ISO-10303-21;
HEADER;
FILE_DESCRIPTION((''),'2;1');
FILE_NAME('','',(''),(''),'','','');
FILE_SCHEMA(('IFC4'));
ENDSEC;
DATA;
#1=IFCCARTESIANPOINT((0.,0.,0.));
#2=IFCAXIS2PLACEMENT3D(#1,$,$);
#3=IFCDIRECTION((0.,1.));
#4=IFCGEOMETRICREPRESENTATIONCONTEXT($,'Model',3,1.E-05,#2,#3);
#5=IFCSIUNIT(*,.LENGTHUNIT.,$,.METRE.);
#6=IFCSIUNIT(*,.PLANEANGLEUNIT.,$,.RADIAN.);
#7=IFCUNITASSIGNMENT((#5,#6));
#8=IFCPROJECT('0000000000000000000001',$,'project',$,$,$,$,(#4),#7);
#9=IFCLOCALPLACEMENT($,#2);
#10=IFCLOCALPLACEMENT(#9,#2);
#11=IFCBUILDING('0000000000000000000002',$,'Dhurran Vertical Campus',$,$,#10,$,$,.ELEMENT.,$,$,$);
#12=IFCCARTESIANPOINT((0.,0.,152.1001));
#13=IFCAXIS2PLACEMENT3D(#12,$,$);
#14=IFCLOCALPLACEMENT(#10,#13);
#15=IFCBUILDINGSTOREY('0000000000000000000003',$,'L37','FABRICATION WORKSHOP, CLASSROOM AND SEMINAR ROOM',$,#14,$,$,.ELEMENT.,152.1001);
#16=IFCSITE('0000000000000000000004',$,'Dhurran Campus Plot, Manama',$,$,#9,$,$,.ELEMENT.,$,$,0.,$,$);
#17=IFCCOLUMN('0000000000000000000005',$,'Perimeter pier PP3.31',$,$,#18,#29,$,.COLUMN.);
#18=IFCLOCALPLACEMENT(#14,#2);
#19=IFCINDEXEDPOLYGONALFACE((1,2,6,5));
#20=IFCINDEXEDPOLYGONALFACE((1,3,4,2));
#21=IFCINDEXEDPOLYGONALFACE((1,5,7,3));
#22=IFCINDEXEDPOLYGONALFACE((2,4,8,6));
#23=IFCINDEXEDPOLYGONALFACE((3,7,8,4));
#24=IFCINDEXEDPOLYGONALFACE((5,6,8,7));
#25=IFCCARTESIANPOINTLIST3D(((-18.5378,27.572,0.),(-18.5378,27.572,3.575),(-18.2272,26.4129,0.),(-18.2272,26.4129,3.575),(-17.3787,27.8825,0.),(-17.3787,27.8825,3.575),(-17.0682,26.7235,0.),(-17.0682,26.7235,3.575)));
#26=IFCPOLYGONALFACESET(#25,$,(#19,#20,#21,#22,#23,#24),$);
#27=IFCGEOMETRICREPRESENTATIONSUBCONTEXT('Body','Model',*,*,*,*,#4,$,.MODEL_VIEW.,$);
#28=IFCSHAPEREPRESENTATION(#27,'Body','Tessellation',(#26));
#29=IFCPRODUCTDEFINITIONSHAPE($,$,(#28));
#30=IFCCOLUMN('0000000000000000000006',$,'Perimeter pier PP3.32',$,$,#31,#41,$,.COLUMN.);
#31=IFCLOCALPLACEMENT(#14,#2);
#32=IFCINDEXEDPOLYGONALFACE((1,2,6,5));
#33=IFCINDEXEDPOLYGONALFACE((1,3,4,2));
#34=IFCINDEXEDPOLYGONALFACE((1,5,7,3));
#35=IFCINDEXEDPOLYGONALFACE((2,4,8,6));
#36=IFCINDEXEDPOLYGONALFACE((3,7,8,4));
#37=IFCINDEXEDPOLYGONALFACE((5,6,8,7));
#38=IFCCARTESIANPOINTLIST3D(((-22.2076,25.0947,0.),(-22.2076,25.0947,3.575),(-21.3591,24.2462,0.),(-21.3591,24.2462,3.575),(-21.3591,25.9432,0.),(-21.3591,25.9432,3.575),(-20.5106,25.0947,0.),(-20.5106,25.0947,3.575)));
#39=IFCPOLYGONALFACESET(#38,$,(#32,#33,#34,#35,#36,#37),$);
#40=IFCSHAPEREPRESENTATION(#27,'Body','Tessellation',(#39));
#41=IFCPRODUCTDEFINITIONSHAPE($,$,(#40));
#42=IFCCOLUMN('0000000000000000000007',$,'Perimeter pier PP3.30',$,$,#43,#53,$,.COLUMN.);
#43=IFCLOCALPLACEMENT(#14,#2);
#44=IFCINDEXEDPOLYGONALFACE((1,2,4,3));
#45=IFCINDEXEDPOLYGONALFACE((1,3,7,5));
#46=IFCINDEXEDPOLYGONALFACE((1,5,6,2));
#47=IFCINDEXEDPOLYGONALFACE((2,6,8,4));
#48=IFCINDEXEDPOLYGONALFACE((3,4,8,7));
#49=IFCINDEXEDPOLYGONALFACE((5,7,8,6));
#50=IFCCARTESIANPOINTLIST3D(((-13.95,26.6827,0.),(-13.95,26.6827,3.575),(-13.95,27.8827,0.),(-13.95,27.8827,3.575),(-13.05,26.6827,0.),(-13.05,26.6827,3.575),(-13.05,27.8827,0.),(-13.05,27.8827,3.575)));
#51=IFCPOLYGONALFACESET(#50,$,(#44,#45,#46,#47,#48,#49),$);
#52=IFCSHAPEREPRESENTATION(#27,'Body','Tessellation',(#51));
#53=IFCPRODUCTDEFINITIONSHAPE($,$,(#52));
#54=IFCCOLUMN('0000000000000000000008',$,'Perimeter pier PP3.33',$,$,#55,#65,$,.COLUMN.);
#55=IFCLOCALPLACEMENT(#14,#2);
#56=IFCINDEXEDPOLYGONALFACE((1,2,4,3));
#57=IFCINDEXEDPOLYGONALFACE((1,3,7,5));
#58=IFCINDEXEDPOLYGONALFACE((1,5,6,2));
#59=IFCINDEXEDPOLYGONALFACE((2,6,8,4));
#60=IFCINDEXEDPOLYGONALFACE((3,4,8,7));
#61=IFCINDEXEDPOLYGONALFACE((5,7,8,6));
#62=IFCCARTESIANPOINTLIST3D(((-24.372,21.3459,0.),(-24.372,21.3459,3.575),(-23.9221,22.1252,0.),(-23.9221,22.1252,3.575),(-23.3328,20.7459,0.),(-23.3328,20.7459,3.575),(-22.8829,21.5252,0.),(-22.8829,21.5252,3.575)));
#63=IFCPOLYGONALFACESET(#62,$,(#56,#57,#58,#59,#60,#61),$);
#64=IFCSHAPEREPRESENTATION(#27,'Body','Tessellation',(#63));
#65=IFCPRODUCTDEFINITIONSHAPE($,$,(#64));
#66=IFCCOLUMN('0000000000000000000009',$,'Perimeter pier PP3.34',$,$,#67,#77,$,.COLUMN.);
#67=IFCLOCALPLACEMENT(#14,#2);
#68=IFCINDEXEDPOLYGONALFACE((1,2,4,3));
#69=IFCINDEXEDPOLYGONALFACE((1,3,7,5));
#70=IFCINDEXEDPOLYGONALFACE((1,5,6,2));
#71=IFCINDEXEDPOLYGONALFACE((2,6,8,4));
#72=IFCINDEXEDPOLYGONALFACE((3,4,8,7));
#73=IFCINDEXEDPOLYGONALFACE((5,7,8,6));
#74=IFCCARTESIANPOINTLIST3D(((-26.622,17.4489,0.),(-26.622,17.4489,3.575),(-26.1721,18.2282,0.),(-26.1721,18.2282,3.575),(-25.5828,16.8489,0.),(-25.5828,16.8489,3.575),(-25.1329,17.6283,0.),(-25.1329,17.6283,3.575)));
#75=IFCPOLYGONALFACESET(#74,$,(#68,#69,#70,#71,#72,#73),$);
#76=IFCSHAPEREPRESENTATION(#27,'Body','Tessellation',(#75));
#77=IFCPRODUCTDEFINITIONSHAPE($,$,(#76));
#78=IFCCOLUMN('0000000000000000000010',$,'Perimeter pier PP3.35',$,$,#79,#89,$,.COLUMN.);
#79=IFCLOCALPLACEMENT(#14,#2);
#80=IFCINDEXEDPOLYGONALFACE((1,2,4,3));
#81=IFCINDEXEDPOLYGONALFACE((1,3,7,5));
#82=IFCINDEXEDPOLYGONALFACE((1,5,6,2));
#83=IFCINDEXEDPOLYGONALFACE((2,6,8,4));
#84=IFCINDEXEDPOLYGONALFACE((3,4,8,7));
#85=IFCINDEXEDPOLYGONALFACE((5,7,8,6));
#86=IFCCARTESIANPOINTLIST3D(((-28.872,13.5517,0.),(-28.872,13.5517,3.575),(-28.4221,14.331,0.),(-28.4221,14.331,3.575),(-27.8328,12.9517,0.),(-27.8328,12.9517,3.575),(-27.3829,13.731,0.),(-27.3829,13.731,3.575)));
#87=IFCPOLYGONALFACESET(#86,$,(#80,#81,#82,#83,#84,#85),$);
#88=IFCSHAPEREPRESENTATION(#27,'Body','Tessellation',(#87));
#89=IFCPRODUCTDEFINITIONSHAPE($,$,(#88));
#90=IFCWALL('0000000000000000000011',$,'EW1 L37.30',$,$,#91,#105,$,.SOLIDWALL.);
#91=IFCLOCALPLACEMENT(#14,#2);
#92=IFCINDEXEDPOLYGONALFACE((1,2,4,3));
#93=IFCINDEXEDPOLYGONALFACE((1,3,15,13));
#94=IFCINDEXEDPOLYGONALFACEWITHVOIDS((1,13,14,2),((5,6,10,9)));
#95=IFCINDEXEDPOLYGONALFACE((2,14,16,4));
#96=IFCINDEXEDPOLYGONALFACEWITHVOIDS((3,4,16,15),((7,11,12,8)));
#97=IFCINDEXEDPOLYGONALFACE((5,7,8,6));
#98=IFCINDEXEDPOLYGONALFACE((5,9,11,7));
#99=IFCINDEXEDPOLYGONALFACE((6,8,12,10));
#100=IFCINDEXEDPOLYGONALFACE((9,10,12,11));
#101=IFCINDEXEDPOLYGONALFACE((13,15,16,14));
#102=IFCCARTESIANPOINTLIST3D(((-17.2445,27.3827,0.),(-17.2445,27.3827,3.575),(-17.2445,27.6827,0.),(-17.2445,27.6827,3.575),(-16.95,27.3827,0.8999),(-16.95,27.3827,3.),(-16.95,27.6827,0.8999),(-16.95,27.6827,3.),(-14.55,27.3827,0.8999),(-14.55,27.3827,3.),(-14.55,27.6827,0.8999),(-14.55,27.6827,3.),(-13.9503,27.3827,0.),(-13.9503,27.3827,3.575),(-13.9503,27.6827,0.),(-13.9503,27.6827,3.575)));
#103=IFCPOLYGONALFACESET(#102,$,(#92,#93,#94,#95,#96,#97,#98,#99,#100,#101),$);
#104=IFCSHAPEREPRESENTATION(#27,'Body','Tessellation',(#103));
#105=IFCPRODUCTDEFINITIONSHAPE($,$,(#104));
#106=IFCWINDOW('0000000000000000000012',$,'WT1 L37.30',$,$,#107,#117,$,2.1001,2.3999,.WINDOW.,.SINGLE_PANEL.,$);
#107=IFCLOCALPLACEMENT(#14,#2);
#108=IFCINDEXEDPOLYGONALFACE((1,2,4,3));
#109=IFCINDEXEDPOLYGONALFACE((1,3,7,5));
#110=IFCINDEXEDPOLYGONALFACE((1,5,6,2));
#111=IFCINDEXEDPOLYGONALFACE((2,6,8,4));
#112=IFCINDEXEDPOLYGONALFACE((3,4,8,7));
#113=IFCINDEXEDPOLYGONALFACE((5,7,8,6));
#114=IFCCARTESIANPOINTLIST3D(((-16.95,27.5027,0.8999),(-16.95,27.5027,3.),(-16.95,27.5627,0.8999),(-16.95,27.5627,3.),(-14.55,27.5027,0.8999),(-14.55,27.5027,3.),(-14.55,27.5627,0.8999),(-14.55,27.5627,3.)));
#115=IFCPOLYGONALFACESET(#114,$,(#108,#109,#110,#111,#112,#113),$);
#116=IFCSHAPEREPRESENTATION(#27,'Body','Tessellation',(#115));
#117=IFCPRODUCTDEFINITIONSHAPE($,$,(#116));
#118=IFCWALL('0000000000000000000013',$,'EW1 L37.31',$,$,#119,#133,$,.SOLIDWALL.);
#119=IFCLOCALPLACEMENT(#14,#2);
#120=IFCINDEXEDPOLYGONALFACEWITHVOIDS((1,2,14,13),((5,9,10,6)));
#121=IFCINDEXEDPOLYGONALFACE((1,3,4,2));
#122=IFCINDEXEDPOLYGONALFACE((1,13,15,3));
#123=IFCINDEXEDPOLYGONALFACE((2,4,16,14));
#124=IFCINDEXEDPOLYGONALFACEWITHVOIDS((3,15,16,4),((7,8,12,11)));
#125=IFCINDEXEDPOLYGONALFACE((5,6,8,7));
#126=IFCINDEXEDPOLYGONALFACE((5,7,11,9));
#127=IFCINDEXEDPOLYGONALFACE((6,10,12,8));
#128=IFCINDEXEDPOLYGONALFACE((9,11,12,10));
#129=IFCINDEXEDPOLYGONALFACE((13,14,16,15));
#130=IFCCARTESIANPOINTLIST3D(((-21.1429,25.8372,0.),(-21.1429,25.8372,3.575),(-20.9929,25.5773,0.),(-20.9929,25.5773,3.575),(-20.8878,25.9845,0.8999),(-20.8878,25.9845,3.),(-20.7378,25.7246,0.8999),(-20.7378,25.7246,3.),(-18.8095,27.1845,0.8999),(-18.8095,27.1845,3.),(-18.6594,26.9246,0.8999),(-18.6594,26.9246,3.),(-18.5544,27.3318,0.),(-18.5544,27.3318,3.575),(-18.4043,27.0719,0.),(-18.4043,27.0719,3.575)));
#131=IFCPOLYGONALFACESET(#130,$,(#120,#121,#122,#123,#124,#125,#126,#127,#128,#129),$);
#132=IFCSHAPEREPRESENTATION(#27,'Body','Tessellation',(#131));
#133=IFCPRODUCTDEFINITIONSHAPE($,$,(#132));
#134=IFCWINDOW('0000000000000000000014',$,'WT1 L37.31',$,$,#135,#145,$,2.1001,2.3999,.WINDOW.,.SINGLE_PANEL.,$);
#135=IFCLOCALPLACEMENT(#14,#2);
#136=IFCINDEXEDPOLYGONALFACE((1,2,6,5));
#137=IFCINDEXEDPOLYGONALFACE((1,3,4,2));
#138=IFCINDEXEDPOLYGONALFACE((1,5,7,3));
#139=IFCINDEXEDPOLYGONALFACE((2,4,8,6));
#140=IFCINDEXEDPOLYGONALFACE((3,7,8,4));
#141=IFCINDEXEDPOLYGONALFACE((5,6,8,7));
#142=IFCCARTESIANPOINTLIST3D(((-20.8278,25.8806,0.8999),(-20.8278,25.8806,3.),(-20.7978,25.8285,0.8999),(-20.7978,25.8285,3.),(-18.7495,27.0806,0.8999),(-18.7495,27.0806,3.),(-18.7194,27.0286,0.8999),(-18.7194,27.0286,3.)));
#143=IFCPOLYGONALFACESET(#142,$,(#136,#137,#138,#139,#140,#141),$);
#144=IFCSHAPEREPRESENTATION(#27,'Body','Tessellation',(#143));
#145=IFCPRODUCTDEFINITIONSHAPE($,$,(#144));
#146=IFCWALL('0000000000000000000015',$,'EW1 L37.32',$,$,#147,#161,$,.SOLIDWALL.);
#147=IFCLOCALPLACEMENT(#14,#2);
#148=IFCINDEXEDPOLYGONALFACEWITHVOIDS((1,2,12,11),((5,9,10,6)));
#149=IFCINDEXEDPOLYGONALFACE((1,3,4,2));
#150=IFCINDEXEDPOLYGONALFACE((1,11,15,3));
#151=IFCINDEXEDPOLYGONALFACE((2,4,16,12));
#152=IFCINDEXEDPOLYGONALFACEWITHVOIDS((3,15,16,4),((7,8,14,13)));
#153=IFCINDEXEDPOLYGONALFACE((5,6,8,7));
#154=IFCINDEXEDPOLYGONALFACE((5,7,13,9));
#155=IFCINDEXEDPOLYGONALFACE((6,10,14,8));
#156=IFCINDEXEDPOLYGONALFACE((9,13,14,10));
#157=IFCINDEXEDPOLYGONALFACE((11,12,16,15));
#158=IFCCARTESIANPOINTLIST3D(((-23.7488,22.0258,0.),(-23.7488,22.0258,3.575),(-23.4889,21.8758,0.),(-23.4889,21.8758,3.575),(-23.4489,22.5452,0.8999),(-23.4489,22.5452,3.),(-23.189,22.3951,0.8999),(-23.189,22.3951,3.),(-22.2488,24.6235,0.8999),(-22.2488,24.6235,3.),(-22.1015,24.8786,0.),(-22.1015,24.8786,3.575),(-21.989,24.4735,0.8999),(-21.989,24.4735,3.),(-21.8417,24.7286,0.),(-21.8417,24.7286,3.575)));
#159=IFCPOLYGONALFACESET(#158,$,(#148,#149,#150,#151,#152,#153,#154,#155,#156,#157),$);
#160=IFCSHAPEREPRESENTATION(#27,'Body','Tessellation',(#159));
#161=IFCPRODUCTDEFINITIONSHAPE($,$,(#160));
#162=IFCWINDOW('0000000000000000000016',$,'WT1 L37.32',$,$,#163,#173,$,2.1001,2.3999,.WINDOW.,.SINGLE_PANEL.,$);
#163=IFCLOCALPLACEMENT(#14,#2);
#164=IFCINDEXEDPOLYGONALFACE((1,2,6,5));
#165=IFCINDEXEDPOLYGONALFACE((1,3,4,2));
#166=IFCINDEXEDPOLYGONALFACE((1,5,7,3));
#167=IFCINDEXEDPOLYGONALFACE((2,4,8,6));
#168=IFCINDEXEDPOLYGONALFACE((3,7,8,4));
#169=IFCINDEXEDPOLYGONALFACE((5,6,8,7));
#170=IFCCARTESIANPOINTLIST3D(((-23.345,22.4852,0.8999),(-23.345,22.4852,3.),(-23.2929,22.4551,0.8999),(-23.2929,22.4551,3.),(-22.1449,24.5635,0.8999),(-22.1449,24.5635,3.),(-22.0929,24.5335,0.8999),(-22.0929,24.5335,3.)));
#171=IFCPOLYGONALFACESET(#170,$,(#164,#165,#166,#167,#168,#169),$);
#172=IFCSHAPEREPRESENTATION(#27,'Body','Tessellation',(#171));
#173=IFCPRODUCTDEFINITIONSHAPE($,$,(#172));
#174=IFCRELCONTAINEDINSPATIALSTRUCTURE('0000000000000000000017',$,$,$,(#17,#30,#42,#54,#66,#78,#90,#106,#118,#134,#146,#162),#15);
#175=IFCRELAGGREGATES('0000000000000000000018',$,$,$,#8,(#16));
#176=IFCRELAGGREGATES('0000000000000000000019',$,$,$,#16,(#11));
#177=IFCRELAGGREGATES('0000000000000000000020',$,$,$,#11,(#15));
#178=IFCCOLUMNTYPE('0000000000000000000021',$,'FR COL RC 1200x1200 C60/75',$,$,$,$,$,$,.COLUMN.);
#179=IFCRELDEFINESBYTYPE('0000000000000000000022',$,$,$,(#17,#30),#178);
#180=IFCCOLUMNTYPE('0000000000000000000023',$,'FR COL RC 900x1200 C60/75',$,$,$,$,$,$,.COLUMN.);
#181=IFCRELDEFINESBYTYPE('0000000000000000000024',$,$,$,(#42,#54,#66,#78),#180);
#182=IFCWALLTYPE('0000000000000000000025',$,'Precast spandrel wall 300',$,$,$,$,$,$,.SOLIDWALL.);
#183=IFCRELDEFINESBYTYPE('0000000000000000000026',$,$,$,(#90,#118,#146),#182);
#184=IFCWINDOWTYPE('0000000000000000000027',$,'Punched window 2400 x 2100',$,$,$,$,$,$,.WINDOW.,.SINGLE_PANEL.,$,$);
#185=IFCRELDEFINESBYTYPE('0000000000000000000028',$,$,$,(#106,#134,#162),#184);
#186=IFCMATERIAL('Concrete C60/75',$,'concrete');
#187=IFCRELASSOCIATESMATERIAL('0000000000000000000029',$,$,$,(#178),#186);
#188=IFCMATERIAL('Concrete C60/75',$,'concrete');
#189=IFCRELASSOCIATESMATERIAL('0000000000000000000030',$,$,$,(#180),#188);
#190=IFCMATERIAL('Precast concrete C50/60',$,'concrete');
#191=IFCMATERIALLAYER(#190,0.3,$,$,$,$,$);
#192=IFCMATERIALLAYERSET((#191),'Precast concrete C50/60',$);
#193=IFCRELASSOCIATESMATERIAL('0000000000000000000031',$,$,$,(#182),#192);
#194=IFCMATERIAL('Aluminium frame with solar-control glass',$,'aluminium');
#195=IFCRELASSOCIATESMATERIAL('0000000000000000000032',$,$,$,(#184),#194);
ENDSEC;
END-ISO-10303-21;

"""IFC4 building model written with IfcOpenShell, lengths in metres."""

from ifc_helpers import new_model, si_unit, direction, frame, frame_2d, origin, origin_2d, place, context, subcontext, project, spatial, rectangle, extrude, material, layer, layer_set, material_profile, profile_set, type_object, element, fill, save


model = new_model("IFC4")

# Units and contexts
model_context = context("Model", 3, precision=1e-05, world=origin(), true_north=direction((0.0, 1.0)))
body_context = subcontext(model_context, "Body", "Model", "MODEL_VIEW")
ifc_project = project(units=[si_unit("LENGTHUNIT", "METRE"), si_unit("PLANEANGLEUNIT", "RADIAN")], contexts=[model_context])

# Site, building, storey
site_placement = place(None, origin())
site = spatial("IfcSite", under=ifc_project, at=site_placement, Name="Dhurran Campus Plot, Manama", CompositionType="ELEMENT", RefElevation=0.0)
building_placement = place(site_placement, origin())
building = spatial("IfcBuilding", under=site, at=building_placement, Name="Dhurran Vertical Campus", CompositionType="ELEMENT")
storey_placement = place(building_placement, frame((0.0, 0.0, 152.1001)))
storey = spatial("IfcBuildingStorey", under=building, at=storey_placement, Name="L37", Description="FABRICATION WORKSHOP, CLASSROOM AND SEMINAR ROOM", CompositionType="ELEMENT", Elevation=152.1001)

# Columns
ifc_material_1 = material(Name="Concrete C60/75", Category="concrete")
ifc_material_profile_1 = material_profile(ifc_material_1, rectangle(XDim=1.2, YDim=1.2, at=origin_2d()), Name="RC 1200x1200")
ifc_profile_set_1 = profile_set([ifc_material_profile_1], Name="Concrete C60/75")
column_type_1 = type_object("IfcColumnType", Name="FR COL RC 1200x1200 C60/75", PredefinedType="COLUMN", material=ifc_profile_set_1)
for number, where, z_axis, x_axis, name in (
    (1, (-17.803, 27.1477, 0.0), (0.0, 0.0, 1.0), (-0.965926, -0.258819, 0.0), "Perimeter pier PP3.31"),
    (2, (-21.3591, 25.0947, 0.0), (0.0, 0.0, 1.0), (-0.707107, -0.707107, 0.0), "Perimeter pier PP3.32"),
):
    element("IfcColumn", number, at=place(storey_placement, frame(where, z_axis=z_axis, x_axis=x_axis)), inside=storey, type_object=column_type_1, Name=name, PredefinedType="COLUMN", context=body_context, shape_type="SweptSolid", body=[
        extrude(rectangle(XDim=1.2, YDim=1.2, at=origin_2d()), origin(), (0.0, 0.0, 1.0), 3.575),
    ])
ifc_material_2 = material(Name="Concrete C60/75", Category="concrete")
ifc_material_profile_2 = material_profile(ifc_material_2, rectangle(XDim=0.8999, YDim=1.2, at=origin_2d()), Name="RC 900x1200")
ifc_profile_set_2 = profile_set([ifc_material_profile_2], Name="Concrete C60/75")
column_type_2 = type_object("IfcColumnType", Name="FR COL RC 900x1200 C60/75", PredefinedType="COLUMN", material=ifc_profile_set_2)
for number, where, z_axis, x_axis, name in (
    (3, (-13.5, 27.2827, 0.0), (0.0, 0.0, 1.0), (-1.0, 0.0, 0.0), "Perimeter pier PP3.30"),
    (4, (-23.6274, 21.4355, 0.0), (0.0, 0.0, 1.0), (-0.5, -0.866025, 0.0), "Perimeter pier PP3.33"),
    (5, (-25.8774, 17.5386, 0.0), (0.0, 0.0, 1.0), (-0.5, -0.866025, 0.0), "Perimeter pier PP3.34"),
    (6, (-28.1274, 13.6414, 0.0), (0.0, 0.0, 1.0), (-0.5, -0.866025, 0.0), "Perimeter pier PP3.35"),
):
    element("IfcColumn", number, at=place(storey_placement, frame(where, z_axis=z_axis, x_axis=x_axis)), inside=storey, type_object=column_type_2, Name=name, PredefinedType="COLUMN", context=body_context, shape_type="SweptSolid", body=[
        extrude(rectangle(XDim=0.8999, YDim=1.2, at=origin_2d()), origin(), (0.0, 0.0, 1.0), 3.575),
    ])

# Walls, openings, windows
ifc_material_3 = material(Name="Precast concrete C50/60", Category="concrete")
ifc_layer_1 = layer(ifc_material_3, 0.3)
ifc_layer_set_1 = layer_set([ifc_layer_1], Name="Precast concrete C50/60")
wall_type_1 = type_object("IfcWallType", Name="Precast spandrel wall 300", PredefinedType="SOLIDWALL", material=ifc_layer_set_1)
wall_1_placement = place(storey_placement, frame((-13.9504, 27.5327, 0.0), z_axis=(0.0, 0.0, 1.0), x_axis=(-1.0, 0.0, 0.0)))
wall_1 = element("IfcWall", 7, at=wall_1_placement, inside=storey, type_object=wall_type_1, Name="EW1 L37.30", PredefinedType="SOLIDWALL", context=body_context, shape_type="SweptSolid", body=[
    extrude(rectangle(XDim=3.2942, YDim=0.3, at=frame_2d((1.647, 0.0))), origin(), (0.0, 0.0, 1.0), 3.575),
])
opening_1_placement = place(wall_1_placement, frame((0.5996, 0.0, 0.8999)))
opening_1 = element("IfcOpeningElement", 8, at=opening_1_placement, cuts=wall_1, PredefinedType="OPENING", context=body_context, shape_type="SweptSolid", body=[
    extrude(rectangle(XDim=2.3999, YDim=2.1001, at=frame_2d((1.2, 1.05))), frame((0.0, 0.1599, 0.0), z_axis=(0.0, -1.0, 0.0), x_axis=(1.0, 0.0, 0.0)), (0.0, 0.0, 1.0), 0.3201),
])
ifc_material_4 = material(Name="Aluminium frame with solar-control glass", Category="aluminium")
window_type = type_object("IfcWindowType", Name="Punched window 2400 x 2100", PartitioningType="SINGLE_PANEL", PredefinedType="WINDOW", material=ifc_material_4)
window_1_placement = place(opening_1_placement, origin())
window_1 = element("IfcWindow", 9, at=window_1_placement, inside=storey, type_object=window_type, Name="WT1 L37.30", OverallHeight=2.1001, OverallWidth=2.3999, PartitioningType="SINGLE_PANEL", PredefinedType="WINDOW", context=body_context, shape_type="SweptSolid", body=[
    extrude(rectangle(XDim=2.3999, YDim=2.1001, at=frame_2d((1.2, 1.05))), frame((0.0, 0.03, 0.0), z_axis=(0.0, -1.0, 0.0), x_axis=(1.0, 0.0, 0.0)), (0.0, 0.0, 1.0), 0.0601),
])
fill(opening_1, window_1)
wall_2_placement = place(storey_placement, frame((-18.4792, 27.2019, 0.0), z_axis=(0.0, 0.0, 1.0), x_axis=(-0.866013, -0.500022, 0.0)))
wall_2 = element("IfcWall", 10, at=wall_2_placement, inside=storey, type_object=wall_type_1, Name="EW1 L37.31", PredefinedType="SOLIDWALL", context=body_context, shape_type="SweptSolid", body=[
    extrude(rectangle(XDim=2.989, YDim=0.3, at=frame_2d((1.4946, 0.0))), origin(), (0.0, 0.0, 1.0), 3.575),
])
opening_2_placement = place(wall_2_placement, frame((0.2947, 0.0, 0.8999)))
opening_2 = element("IfcOpeningElement", 11, at=opening_2_placement, cuts=wall_2, PredefinedType="OPENING", context=body_context, shape_type="SweptSolid", body=[
    extrude(rectangle(XDim=2.3999, YDim=2.1001, at=frame_2d((1.2, 1.05))), frame((0.0, 0.1599, 0.0), z_axis=(0.0, -1.0, 0.0), x_axis=(1.0, 0.0, 0.0)), (0.0, 0.0, 1.0), 0.3201),
])
window_2_placement = place(opening_2_placement, origin())
window_2 = element("IfcWindow", 12, at=window_2_placement, inside=storey, type_object=window_type, Name="WT1 L37.31", OverallHeight=2.1001, OverallWidth=2.3999, PartitioningType="SINGLE_PANEL", PredefinedType="WINDOW", context=body_context, shape_type="SweptSolid", body=[
    extrude(rectangle(XDim=2.3999, YDim=2.1001, at=frame_2d((1.2, 1.05))), frame((0.0, 0.03, 0.0), z_axis=(0.0, -1.0, 0.0), x_axis=(1.0, 0.0, 0.0)), (0.0, 0.0, 1.0), 0.0601),
])
fill(opening_2, window_2)
wall_3_placement = place(storey_placement, frame((-21.9717, 24.8035, 0.0), z_axis=(0.0, 0.0, 1.0), x_axis=(-0.500037, -0.866004, 0.0)))
wall_3 = element("IfcWall", 13, at=wall_3_placement, inside=storey, type_object=wall_type_1, Name="EW1 L37.32", PredefinedType="SOLIDWALL", context=body_context, shape_type="SweptSolid", body=[
    extrude(rectangle(XDim=3.2942, YDim=0.3, at=frame_2d((1.647, 0.0))), origin(), (0.0, 0.0, 1.0), 3.575),
])
opening_3_placement = place(wall_3_placement, frame((0.2944, 0.0, 0.8999)))
opening_3 = element("IfcOpeningElement", 14, at=opening_3_placement, cuts=wall_3, PredefinedType="OPENING", context=body_context, shape_type="SweptSolid", body=[
    extrude(rectangle(XDim=2.3999, YDim=2.1001, at=frame_2d((1.2, 1.05))), frame((0.0, 0.1599, 0.0), z_axis=(0.0, -1.0, 0.0), x_axis=(1.0, 0.0, 0.0)), (0.0, 0.0, 1.0), 0.3201),
])
window_3_placement = place(opening_3_placement, origin())
window_3 = element("IfcWindow", 15, at=window_3_placement, inside=storey, type_object=window_type, Name="WT1 L37.32", OverallHeight=2.1001, OverallWidth=2.3999, PartitioningType="SINGLE_PANEL", PredefinedType="WINDOW", context=body_context, shape_type="SweptSolid", body=[
    extrude(rectangle(XDim=2.3999, YDim=2.1001, at=frame_2d((1.2, 1.05))), frame((0.0, 0.03, 0.0), z_axis=(0.0, -1.0, 0.0), x_axis=(1.0, 0.0, 0.0)), (0.0, 0.0, 1.0), 0.0601),
])
fill(opening_3, window_3)

save(model, "model.ifc")
